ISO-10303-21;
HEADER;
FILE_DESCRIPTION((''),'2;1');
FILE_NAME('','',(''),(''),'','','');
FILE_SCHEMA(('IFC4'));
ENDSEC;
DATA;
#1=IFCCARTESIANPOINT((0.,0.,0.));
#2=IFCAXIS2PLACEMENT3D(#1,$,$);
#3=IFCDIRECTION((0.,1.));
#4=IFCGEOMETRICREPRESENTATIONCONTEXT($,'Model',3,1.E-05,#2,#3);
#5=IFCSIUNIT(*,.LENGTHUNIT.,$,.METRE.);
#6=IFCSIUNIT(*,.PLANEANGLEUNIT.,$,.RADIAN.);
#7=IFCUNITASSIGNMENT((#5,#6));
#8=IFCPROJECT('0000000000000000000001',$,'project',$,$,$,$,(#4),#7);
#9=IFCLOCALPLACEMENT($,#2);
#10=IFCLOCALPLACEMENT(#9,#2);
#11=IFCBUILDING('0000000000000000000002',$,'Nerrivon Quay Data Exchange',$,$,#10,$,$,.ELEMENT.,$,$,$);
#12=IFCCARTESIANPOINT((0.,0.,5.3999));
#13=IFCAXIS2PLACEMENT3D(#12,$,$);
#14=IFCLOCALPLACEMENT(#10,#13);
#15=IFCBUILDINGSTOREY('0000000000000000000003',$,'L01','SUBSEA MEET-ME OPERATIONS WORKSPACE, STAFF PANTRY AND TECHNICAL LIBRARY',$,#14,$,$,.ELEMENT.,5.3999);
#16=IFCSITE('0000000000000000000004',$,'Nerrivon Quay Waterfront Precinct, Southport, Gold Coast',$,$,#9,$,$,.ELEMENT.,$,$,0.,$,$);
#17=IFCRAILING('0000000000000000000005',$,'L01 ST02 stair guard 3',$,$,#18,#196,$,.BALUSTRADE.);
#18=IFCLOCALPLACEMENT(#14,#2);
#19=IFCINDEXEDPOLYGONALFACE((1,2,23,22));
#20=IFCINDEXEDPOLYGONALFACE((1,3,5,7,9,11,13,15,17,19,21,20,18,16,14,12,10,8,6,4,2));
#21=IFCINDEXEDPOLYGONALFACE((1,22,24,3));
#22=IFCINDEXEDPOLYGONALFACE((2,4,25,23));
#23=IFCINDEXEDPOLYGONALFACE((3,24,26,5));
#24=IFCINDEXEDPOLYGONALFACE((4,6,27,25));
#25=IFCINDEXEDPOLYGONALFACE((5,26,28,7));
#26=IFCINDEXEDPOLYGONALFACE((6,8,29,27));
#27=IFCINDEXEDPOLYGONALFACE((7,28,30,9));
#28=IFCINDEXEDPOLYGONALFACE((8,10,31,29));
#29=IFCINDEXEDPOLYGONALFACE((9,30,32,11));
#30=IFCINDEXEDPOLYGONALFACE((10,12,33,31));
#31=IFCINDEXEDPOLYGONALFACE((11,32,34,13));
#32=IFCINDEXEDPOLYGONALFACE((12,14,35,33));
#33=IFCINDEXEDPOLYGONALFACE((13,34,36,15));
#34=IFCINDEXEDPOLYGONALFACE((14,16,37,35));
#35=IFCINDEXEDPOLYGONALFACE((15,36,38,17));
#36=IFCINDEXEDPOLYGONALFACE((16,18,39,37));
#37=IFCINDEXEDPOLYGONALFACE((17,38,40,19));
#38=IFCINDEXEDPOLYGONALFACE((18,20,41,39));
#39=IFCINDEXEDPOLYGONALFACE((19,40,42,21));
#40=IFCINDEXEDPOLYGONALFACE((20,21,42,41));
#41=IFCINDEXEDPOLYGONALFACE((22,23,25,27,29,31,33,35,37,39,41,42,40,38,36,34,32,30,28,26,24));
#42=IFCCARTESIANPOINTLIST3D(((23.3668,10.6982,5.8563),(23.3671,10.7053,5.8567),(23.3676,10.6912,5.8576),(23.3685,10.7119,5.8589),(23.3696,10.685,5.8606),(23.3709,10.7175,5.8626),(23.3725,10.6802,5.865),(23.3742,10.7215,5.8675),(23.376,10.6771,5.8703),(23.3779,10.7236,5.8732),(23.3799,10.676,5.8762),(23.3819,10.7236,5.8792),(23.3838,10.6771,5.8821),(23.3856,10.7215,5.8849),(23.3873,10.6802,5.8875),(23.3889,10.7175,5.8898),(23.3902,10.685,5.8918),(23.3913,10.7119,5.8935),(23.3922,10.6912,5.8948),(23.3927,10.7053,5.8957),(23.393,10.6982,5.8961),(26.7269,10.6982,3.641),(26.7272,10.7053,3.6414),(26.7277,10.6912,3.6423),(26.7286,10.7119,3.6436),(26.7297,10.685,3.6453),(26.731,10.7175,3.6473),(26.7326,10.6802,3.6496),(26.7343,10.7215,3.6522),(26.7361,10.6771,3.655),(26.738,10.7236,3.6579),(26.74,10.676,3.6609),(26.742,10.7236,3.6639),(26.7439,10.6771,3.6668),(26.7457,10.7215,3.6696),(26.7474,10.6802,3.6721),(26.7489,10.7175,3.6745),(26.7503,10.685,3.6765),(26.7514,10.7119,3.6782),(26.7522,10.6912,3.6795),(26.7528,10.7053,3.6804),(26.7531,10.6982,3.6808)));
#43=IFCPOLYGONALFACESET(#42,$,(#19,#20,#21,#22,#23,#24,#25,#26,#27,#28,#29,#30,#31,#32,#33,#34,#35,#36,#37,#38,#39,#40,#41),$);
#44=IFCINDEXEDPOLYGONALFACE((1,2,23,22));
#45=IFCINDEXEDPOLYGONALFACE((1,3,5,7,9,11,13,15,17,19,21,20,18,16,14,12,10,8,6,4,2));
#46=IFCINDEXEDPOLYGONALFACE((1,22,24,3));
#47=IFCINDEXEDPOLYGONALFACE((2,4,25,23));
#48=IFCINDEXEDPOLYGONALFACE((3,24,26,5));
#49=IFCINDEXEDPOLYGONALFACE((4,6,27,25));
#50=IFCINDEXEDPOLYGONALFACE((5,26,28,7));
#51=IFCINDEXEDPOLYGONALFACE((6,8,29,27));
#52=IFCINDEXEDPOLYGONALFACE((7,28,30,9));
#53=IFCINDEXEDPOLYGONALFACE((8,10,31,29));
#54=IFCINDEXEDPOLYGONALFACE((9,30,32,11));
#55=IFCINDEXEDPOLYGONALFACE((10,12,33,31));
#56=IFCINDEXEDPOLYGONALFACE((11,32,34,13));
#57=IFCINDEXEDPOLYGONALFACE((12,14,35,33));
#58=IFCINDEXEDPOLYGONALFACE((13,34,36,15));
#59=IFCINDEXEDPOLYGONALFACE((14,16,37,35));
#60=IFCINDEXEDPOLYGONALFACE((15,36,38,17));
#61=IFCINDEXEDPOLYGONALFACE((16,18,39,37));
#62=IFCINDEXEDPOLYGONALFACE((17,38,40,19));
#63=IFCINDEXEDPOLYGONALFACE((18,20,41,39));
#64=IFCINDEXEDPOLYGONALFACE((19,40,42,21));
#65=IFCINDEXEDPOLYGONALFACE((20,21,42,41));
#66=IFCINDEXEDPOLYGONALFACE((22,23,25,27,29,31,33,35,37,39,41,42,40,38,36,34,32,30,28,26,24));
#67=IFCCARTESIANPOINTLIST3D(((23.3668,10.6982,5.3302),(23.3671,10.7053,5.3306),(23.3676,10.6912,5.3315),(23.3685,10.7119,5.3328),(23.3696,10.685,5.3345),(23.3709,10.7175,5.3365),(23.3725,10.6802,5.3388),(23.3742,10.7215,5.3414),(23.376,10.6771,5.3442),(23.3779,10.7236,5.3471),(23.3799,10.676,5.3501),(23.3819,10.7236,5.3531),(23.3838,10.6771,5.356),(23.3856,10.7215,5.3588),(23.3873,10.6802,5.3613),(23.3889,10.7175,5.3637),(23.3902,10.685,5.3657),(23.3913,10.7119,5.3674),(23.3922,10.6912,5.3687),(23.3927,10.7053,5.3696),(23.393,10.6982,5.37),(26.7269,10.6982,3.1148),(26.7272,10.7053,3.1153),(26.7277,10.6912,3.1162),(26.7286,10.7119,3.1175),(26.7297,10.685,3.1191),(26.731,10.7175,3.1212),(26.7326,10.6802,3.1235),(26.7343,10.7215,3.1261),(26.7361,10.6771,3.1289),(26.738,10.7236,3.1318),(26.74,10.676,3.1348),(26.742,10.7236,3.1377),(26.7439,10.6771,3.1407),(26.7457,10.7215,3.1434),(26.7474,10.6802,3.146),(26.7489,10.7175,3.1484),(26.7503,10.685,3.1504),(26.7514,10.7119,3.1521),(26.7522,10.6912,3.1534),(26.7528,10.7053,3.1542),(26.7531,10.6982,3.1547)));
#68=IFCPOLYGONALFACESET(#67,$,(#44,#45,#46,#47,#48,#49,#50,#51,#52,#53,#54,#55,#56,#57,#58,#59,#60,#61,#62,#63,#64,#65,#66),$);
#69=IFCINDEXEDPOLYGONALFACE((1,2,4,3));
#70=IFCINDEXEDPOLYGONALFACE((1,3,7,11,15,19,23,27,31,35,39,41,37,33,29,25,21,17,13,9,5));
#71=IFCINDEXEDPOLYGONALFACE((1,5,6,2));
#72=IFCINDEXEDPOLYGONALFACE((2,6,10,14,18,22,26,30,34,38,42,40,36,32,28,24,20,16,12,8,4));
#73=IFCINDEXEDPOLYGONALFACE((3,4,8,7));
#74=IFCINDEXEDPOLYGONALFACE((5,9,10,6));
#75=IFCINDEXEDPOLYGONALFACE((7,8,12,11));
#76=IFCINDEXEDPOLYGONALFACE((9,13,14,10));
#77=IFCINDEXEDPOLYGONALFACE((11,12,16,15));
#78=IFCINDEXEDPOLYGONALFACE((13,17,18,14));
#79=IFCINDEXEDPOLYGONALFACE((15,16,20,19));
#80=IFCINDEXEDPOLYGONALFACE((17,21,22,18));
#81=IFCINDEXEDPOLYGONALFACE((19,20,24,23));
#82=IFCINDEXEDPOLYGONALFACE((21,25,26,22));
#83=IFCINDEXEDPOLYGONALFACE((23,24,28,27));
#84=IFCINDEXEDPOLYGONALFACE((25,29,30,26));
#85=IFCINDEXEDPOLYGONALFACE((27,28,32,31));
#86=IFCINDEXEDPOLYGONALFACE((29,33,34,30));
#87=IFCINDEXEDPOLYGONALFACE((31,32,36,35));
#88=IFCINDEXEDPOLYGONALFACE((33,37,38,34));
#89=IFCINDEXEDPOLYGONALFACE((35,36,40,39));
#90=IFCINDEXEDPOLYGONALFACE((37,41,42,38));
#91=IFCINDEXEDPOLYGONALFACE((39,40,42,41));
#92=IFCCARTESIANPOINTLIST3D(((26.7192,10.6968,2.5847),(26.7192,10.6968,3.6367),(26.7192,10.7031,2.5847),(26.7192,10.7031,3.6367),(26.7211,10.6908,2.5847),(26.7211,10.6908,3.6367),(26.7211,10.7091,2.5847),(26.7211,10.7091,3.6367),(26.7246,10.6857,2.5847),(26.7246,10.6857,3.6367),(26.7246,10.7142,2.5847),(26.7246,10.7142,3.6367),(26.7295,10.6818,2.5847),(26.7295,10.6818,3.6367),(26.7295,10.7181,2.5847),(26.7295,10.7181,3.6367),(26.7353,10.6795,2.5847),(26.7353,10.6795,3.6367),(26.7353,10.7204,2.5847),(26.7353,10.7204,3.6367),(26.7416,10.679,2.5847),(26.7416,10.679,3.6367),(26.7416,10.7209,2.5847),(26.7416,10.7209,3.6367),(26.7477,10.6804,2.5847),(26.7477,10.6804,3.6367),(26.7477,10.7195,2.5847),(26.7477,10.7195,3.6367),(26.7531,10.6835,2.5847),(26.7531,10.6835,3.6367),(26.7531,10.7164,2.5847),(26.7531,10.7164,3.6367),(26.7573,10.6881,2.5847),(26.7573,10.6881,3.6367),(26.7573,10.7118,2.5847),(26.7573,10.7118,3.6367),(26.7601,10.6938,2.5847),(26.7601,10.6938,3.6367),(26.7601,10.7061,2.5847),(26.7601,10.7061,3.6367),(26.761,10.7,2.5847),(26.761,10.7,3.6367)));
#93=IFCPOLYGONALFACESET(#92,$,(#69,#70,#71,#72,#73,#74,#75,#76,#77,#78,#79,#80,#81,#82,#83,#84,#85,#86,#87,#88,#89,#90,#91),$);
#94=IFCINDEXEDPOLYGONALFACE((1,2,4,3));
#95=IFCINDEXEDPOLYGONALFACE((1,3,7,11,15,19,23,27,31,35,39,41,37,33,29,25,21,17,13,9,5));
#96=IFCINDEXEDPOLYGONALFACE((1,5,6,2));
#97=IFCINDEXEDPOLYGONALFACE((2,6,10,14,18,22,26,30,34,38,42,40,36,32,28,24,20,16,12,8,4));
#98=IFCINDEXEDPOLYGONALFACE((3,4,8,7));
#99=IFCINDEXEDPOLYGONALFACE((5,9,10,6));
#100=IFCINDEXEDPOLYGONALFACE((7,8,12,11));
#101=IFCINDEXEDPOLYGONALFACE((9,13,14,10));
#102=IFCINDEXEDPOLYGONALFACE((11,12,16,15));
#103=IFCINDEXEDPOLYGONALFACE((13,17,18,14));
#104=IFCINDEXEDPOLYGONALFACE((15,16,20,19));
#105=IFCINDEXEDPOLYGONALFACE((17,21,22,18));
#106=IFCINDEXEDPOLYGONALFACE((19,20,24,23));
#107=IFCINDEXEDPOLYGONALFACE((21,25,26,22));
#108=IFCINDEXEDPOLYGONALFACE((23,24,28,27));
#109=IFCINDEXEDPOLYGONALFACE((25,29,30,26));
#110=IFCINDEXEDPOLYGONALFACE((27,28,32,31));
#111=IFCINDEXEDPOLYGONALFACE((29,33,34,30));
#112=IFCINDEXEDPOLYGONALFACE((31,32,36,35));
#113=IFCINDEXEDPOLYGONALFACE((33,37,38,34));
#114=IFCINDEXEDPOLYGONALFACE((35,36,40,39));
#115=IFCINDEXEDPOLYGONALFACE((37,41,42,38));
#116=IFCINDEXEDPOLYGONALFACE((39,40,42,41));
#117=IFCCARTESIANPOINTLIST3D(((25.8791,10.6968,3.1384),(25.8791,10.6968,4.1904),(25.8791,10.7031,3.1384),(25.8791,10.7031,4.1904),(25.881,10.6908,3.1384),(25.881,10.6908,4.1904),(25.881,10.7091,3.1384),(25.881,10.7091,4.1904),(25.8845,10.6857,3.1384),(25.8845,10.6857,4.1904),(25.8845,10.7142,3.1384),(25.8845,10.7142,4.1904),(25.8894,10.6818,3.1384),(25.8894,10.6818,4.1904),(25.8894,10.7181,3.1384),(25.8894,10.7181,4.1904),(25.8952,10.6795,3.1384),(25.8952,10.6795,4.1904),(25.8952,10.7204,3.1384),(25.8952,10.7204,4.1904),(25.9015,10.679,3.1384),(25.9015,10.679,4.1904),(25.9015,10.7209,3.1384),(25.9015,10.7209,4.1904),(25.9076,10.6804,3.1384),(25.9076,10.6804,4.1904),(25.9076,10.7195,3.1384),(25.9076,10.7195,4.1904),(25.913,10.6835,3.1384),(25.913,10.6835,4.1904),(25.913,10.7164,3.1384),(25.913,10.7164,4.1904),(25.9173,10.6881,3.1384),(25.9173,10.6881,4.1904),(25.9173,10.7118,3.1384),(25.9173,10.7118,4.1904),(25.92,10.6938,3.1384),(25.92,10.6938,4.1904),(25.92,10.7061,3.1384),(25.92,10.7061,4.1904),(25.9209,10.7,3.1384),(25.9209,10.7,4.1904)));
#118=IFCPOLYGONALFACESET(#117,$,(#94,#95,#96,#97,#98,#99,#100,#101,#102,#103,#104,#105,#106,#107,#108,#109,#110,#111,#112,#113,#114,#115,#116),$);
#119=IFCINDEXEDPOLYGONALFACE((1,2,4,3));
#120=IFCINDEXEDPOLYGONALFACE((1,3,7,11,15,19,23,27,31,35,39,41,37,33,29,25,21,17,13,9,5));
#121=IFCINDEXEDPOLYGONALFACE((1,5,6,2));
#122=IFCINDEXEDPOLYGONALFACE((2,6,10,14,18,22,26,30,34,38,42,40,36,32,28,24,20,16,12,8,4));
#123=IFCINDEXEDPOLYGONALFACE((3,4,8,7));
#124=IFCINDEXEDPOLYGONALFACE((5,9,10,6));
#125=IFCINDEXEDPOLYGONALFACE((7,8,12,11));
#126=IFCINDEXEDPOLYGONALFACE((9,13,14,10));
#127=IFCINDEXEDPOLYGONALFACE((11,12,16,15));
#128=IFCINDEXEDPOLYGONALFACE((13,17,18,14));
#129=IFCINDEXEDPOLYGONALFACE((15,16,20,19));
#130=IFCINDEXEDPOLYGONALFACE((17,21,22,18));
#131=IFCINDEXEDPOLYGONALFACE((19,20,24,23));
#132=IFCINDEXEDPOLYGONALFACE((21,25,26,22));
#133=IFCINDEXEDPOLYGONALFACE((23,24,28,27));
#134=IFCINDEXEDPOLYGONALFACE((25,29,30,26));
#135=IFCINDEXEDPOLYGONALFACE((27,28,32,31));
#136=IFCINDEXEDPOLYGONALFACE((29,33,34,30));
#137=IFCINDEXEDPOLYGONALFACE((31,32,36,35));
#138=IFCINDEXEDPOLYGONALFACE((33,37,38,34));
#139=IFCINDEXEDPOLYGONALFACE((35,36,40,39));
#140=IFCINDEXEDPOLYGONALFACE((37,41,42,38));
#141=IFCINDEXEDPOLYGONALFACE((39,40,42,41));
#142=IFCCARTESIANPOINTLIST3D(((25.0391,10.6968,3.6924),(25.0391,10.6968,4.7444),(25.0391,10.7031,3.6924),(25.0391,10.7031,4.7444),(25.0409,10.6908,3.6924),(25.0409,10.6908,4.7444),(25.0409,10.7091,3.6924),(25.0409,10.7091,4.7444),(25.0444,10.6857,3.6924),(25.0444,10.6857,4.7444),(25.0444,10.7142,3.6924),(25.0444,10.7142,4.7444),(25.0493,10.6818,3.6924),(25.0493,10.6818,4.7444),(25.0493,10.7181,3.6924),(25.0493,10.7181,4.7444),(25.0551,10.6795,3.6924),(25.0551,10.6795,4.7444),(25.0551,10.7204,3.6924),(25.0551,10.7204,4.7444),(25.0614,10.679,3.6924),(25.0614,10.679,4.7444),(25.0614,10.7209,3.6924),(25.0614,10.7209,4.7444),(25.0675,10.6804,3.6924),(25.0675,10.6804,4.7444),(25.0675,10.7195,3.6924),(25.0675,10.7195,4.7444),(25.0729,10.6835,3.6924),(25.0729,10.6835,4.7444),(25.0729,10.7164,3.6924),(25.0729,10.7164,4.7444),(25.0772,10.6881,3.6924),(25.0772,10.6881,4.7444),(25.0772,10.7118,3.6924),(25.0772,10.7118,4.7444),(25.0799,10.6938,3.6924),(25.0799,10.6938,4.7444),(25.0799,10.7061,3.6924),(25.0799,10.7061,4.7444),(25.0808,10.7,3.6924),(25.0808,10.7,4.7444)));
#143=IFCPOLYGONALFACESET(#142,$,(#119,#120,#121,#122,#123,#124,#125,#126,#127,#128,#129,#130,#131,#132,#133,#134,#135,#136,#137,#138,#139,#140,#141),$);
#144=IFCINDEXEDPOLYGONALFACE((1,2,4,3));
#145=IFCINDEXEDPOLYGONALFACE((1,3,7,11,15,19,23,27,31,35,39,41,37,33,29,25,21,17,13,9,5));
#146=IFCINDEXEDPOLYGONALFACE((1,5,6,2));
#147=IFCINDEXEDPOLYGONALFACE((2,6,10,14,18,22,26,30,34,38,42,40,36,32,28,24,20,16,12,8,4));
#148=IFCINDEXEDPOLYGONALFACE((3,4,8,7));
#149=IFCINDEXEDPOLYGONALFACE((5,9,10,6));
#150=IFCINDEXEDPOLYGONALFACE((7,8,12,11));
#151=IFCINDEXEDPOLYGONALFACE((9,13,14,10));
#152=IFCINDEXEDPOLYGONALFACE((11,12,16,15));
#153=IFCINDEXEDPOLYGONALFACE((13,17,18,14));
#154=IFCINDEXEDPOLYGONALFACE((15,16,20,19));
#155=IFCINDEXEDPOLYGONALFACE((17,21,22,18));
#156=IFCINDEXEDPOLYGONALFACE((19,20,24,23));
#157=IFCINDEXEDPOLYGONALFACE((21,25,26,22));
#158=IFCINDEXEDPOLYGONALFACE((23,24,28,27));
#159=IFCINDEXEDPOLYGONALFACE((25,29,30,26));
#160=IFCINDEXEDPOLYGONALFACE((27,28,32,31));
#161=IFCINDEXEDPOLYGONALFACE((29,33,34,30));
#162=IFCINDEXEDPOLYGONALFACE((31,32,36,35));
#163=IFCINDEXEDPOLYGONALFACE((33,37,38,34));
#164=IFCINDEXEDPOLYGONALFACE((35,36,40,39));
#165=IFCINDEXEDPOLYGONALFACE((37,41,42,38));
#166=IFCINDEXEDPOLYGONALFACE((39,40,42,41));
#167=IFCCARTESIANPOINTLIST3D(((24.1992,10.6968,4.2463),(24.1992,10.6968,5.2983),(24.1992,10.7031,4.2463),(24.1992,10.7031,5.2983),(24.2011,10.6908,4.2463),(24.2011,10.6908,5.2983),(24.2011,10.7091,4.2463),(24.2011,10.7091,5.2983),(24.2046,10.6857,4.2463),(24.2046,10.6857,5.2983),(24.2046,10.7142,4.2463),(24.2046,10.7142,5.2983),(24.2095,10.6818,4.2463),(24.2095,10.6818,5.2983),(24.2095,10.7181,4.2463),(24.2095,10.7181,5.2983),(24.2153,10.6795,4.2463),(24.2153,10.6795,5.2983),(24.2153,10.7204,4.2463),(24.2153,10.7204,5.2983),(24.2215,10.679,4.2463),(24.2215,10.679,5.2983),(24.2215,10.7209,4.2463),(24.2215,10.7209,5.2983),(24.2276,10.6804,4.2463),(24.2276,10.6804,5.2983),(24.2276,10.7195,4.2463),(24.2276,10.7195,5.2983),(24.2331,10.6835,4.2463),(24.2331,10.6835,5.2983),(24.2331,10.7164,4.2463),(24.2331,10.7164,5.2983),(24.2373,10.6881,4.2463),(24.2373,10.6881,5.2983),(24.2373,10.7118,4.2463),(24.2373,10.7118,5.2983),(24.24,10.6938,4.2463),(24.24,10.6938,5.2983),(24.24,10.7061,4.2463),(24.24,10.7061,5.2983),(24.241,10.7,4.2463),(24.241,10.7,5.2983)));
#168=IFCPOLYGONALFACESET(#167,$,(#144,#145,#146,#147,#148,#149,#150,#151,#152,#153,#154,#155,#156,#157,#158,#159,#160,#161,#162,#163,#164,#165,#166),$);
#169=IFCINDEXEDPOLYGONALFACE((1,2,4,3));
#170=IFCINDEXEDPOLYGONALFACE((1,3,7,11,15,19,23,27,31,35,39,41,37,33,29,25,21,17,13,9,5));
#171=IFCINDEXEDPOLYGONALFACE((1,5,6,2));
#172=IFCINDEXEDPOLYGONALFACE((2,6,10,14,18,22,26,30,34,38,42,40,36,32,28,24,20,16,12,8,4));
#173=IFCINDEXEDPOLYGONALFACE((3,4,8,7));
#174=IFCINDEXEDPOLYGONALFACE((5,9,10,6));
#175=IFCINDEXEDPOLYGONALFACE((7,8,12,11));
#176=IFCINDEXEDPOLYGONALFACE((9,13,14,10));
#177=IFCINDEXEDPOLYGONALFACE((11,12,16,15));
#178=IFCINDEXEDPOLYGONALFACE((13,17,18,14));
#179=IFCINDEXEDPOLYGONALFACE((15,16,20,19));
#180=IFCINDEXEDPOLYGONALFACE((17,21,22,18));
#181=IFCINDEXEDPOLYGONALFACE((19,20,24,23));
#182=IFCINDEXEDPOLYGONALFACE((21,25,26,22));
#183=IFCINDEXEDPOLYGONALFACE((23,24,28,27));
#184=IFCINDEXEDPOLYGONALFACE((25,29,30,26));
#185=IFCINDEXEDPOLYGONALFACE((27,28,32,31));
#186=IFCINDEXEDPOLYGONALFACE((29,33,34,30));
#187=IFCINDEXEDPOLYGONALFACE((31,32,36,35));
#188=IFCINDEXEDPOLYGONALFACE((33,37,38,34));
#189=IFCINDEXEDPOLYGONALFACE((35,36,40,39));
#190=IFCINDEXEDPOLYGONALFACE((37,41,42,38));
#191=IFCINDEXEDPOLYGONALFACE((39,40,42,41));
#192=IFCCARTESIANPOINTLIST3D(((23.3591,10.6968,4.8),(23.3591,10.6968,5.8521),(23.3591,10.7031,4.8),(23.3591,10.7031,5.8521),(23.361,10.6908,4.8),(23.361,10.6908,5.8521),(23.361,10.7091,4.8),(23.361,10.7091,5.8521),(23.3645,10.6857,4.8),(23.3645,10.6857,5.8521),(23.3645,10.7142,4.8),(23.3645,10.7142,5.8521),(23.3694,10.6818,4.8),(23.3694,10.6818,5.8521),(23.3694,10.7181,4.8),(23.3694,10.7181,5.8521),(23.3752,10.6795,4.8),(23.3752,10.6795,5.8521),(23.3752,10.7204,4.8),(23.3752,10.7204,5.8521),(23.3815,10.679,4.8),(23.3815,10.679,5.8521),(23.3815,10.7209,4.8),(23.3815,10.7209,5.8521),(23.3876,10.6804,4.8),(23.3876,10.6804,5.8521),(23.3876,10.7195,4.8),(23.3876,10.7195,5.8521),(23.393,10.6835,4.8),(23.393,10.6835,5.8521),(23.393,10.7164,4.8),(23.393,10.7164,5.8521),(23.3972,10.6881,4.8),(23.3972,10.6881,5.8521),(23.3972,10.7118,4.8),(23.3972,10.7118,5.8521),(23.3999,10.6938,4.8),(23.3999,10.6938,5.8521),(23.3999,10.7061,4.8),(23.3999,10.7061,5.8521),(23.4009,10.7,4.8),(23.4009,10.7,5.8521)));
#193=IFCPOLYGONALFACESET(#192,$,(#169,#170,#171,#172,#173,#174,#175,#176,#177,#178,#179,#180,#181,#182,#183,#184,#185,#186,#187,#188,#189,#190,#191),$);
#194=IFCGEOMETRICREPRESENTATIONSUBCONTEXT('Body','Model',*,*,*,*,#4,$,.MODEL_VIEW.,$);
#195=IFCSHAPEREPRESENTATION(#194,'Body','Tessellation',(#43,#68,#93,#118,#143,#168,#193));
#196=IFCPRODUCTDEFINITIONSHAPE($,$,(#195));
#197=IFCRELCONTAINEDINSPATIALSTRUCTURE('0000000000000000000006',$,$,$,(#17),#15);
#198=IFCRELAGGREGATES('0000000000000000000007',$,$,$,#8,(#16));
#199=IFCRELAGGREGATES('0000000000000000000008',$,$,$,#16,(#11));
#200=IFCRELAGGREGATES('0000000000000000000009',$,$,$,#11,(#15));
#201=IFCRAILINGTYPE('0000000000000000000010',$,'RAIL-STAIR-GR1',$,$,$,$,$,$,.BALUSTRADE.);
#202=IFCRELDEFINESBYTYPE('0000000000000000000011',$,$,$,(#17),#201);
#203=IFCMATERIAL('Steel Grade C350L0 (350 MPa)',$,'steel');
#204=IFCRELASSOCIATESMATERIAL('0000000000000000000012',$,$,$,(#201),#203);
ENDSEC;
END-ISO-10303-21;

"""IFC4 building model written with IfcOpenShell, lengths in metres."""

from ifc_helpers import new_model, si_unit, direction, frame, origin, origin_2d, place, context, subcontext, project, spatial, circle, extrude, material, type_object, element, save


model = new_model("IFC4")

# Units and contexts
model_context = context("Model", 3, precision=1e-05, world=origin(), true_north=direction((0.0, 1.0)))
body_context = subcontext(model_context, "Body", "Model", "MODEL_VIEW")
ifc_project = project(units=[si_unit("LENGTHUNIT", "METRE"), si_unit("PLANEANGLEUNIT", "RADIAN")], contexts=[model_context])

# Site, building, storey
site_placement = place(None, origin())
site = spatial("IfcSite", under=ifc_project, at=site_placement, Name="Nerrivon Quay Waterfront Precinct, Southport, Gold Coast", CompositionType="ELEMENT", RefElevation=0.0)
building_placement = place(site_placement, origin())
building = spatial("IfcBuilding", under=site, at=building_placement, Name="Nerrivon Quay Data Exchange", CompositionType="ELEMENT")
storey_placement = place(building_placement, frame((0.0, 0.0, 5.3999)))
storey = spatial("IfcBuildingStorey", under=building, at=storey_placement, Name="L01", Description="SUBSEA MEET-ME OPERATIONS WORKSPACE, STAFF PANTRY AND TECHNICAL LIBRARY", CompositionType="ELEMENT", Elevation=5.3999)

# Railing
ifc_material_1 = material(Name="Steel Grade C350L0 (350 MPa)", Category="steel")
railing_type_1 = type_object("IfcRailingType", Name="RAIL-STAIR-GR1", PredefinedType="BALUSTRADE", material=ifc_material_1)
railing_1_placement = place(storey_placement, frame((26.74, 10.7, 2.5847)))
element("IfcRailing", 1, at=railing_1_placement, inside=storey, type_object=railing_type_1, Name="L01 ST02 stair guard 3", PredefinedType="BALUSTRADE", context=body_context, shape_type="SweptSolid", body=[
    extrude(circle(Radius=0.0239, at=origin_2d()), frame((0.0, 0.0, 1.0762), z_axis=(-0.834876, 0.0, 0.550437), x_axis=(0.0, -1.0, 0.0)), (0.0, 0.0, 1.0), 4.0247),
    extrude(circle(Radius=0.0239, at=origin_2d()), frame((0.0, 0.0, 0.55), z_axis=(-0.834876, 0.0, 0.550437), x_axis=(0.0, -1.0, 0.0)), (0.0, 0.0, 1.0), 4.0247),
    extrude(circle(Radius=0.021, at=origin_2d()), origin(), (0.0, 0.0, 1.0), 1.052),
    extrude(circle(Radius=0.021, at=origin_2d()), frame((-0.8401, 0.0, 0.5537)), (0.0, 0.0, 1.0), 1.052),
    extrude(circle(Radius=0.021, at=origin_2d()), frame((-1.6802, 0.0, 1.1077)), (0.0, 0.0, 1.0), 1.052),
    extrude(circle(Radius=0.021, at=origin_2d()), frame((-2.52, 0.0, 1.6616)), (0.0, 0.0, 1.0), 1.052),
    extrude(circle(Radius=0.021, at=origin_2d()), frame((-3.3601, 0.0, 2.2153)), (0.0, 0.0, 1.0), 1.052),
])

save(model, "model.ifc")
